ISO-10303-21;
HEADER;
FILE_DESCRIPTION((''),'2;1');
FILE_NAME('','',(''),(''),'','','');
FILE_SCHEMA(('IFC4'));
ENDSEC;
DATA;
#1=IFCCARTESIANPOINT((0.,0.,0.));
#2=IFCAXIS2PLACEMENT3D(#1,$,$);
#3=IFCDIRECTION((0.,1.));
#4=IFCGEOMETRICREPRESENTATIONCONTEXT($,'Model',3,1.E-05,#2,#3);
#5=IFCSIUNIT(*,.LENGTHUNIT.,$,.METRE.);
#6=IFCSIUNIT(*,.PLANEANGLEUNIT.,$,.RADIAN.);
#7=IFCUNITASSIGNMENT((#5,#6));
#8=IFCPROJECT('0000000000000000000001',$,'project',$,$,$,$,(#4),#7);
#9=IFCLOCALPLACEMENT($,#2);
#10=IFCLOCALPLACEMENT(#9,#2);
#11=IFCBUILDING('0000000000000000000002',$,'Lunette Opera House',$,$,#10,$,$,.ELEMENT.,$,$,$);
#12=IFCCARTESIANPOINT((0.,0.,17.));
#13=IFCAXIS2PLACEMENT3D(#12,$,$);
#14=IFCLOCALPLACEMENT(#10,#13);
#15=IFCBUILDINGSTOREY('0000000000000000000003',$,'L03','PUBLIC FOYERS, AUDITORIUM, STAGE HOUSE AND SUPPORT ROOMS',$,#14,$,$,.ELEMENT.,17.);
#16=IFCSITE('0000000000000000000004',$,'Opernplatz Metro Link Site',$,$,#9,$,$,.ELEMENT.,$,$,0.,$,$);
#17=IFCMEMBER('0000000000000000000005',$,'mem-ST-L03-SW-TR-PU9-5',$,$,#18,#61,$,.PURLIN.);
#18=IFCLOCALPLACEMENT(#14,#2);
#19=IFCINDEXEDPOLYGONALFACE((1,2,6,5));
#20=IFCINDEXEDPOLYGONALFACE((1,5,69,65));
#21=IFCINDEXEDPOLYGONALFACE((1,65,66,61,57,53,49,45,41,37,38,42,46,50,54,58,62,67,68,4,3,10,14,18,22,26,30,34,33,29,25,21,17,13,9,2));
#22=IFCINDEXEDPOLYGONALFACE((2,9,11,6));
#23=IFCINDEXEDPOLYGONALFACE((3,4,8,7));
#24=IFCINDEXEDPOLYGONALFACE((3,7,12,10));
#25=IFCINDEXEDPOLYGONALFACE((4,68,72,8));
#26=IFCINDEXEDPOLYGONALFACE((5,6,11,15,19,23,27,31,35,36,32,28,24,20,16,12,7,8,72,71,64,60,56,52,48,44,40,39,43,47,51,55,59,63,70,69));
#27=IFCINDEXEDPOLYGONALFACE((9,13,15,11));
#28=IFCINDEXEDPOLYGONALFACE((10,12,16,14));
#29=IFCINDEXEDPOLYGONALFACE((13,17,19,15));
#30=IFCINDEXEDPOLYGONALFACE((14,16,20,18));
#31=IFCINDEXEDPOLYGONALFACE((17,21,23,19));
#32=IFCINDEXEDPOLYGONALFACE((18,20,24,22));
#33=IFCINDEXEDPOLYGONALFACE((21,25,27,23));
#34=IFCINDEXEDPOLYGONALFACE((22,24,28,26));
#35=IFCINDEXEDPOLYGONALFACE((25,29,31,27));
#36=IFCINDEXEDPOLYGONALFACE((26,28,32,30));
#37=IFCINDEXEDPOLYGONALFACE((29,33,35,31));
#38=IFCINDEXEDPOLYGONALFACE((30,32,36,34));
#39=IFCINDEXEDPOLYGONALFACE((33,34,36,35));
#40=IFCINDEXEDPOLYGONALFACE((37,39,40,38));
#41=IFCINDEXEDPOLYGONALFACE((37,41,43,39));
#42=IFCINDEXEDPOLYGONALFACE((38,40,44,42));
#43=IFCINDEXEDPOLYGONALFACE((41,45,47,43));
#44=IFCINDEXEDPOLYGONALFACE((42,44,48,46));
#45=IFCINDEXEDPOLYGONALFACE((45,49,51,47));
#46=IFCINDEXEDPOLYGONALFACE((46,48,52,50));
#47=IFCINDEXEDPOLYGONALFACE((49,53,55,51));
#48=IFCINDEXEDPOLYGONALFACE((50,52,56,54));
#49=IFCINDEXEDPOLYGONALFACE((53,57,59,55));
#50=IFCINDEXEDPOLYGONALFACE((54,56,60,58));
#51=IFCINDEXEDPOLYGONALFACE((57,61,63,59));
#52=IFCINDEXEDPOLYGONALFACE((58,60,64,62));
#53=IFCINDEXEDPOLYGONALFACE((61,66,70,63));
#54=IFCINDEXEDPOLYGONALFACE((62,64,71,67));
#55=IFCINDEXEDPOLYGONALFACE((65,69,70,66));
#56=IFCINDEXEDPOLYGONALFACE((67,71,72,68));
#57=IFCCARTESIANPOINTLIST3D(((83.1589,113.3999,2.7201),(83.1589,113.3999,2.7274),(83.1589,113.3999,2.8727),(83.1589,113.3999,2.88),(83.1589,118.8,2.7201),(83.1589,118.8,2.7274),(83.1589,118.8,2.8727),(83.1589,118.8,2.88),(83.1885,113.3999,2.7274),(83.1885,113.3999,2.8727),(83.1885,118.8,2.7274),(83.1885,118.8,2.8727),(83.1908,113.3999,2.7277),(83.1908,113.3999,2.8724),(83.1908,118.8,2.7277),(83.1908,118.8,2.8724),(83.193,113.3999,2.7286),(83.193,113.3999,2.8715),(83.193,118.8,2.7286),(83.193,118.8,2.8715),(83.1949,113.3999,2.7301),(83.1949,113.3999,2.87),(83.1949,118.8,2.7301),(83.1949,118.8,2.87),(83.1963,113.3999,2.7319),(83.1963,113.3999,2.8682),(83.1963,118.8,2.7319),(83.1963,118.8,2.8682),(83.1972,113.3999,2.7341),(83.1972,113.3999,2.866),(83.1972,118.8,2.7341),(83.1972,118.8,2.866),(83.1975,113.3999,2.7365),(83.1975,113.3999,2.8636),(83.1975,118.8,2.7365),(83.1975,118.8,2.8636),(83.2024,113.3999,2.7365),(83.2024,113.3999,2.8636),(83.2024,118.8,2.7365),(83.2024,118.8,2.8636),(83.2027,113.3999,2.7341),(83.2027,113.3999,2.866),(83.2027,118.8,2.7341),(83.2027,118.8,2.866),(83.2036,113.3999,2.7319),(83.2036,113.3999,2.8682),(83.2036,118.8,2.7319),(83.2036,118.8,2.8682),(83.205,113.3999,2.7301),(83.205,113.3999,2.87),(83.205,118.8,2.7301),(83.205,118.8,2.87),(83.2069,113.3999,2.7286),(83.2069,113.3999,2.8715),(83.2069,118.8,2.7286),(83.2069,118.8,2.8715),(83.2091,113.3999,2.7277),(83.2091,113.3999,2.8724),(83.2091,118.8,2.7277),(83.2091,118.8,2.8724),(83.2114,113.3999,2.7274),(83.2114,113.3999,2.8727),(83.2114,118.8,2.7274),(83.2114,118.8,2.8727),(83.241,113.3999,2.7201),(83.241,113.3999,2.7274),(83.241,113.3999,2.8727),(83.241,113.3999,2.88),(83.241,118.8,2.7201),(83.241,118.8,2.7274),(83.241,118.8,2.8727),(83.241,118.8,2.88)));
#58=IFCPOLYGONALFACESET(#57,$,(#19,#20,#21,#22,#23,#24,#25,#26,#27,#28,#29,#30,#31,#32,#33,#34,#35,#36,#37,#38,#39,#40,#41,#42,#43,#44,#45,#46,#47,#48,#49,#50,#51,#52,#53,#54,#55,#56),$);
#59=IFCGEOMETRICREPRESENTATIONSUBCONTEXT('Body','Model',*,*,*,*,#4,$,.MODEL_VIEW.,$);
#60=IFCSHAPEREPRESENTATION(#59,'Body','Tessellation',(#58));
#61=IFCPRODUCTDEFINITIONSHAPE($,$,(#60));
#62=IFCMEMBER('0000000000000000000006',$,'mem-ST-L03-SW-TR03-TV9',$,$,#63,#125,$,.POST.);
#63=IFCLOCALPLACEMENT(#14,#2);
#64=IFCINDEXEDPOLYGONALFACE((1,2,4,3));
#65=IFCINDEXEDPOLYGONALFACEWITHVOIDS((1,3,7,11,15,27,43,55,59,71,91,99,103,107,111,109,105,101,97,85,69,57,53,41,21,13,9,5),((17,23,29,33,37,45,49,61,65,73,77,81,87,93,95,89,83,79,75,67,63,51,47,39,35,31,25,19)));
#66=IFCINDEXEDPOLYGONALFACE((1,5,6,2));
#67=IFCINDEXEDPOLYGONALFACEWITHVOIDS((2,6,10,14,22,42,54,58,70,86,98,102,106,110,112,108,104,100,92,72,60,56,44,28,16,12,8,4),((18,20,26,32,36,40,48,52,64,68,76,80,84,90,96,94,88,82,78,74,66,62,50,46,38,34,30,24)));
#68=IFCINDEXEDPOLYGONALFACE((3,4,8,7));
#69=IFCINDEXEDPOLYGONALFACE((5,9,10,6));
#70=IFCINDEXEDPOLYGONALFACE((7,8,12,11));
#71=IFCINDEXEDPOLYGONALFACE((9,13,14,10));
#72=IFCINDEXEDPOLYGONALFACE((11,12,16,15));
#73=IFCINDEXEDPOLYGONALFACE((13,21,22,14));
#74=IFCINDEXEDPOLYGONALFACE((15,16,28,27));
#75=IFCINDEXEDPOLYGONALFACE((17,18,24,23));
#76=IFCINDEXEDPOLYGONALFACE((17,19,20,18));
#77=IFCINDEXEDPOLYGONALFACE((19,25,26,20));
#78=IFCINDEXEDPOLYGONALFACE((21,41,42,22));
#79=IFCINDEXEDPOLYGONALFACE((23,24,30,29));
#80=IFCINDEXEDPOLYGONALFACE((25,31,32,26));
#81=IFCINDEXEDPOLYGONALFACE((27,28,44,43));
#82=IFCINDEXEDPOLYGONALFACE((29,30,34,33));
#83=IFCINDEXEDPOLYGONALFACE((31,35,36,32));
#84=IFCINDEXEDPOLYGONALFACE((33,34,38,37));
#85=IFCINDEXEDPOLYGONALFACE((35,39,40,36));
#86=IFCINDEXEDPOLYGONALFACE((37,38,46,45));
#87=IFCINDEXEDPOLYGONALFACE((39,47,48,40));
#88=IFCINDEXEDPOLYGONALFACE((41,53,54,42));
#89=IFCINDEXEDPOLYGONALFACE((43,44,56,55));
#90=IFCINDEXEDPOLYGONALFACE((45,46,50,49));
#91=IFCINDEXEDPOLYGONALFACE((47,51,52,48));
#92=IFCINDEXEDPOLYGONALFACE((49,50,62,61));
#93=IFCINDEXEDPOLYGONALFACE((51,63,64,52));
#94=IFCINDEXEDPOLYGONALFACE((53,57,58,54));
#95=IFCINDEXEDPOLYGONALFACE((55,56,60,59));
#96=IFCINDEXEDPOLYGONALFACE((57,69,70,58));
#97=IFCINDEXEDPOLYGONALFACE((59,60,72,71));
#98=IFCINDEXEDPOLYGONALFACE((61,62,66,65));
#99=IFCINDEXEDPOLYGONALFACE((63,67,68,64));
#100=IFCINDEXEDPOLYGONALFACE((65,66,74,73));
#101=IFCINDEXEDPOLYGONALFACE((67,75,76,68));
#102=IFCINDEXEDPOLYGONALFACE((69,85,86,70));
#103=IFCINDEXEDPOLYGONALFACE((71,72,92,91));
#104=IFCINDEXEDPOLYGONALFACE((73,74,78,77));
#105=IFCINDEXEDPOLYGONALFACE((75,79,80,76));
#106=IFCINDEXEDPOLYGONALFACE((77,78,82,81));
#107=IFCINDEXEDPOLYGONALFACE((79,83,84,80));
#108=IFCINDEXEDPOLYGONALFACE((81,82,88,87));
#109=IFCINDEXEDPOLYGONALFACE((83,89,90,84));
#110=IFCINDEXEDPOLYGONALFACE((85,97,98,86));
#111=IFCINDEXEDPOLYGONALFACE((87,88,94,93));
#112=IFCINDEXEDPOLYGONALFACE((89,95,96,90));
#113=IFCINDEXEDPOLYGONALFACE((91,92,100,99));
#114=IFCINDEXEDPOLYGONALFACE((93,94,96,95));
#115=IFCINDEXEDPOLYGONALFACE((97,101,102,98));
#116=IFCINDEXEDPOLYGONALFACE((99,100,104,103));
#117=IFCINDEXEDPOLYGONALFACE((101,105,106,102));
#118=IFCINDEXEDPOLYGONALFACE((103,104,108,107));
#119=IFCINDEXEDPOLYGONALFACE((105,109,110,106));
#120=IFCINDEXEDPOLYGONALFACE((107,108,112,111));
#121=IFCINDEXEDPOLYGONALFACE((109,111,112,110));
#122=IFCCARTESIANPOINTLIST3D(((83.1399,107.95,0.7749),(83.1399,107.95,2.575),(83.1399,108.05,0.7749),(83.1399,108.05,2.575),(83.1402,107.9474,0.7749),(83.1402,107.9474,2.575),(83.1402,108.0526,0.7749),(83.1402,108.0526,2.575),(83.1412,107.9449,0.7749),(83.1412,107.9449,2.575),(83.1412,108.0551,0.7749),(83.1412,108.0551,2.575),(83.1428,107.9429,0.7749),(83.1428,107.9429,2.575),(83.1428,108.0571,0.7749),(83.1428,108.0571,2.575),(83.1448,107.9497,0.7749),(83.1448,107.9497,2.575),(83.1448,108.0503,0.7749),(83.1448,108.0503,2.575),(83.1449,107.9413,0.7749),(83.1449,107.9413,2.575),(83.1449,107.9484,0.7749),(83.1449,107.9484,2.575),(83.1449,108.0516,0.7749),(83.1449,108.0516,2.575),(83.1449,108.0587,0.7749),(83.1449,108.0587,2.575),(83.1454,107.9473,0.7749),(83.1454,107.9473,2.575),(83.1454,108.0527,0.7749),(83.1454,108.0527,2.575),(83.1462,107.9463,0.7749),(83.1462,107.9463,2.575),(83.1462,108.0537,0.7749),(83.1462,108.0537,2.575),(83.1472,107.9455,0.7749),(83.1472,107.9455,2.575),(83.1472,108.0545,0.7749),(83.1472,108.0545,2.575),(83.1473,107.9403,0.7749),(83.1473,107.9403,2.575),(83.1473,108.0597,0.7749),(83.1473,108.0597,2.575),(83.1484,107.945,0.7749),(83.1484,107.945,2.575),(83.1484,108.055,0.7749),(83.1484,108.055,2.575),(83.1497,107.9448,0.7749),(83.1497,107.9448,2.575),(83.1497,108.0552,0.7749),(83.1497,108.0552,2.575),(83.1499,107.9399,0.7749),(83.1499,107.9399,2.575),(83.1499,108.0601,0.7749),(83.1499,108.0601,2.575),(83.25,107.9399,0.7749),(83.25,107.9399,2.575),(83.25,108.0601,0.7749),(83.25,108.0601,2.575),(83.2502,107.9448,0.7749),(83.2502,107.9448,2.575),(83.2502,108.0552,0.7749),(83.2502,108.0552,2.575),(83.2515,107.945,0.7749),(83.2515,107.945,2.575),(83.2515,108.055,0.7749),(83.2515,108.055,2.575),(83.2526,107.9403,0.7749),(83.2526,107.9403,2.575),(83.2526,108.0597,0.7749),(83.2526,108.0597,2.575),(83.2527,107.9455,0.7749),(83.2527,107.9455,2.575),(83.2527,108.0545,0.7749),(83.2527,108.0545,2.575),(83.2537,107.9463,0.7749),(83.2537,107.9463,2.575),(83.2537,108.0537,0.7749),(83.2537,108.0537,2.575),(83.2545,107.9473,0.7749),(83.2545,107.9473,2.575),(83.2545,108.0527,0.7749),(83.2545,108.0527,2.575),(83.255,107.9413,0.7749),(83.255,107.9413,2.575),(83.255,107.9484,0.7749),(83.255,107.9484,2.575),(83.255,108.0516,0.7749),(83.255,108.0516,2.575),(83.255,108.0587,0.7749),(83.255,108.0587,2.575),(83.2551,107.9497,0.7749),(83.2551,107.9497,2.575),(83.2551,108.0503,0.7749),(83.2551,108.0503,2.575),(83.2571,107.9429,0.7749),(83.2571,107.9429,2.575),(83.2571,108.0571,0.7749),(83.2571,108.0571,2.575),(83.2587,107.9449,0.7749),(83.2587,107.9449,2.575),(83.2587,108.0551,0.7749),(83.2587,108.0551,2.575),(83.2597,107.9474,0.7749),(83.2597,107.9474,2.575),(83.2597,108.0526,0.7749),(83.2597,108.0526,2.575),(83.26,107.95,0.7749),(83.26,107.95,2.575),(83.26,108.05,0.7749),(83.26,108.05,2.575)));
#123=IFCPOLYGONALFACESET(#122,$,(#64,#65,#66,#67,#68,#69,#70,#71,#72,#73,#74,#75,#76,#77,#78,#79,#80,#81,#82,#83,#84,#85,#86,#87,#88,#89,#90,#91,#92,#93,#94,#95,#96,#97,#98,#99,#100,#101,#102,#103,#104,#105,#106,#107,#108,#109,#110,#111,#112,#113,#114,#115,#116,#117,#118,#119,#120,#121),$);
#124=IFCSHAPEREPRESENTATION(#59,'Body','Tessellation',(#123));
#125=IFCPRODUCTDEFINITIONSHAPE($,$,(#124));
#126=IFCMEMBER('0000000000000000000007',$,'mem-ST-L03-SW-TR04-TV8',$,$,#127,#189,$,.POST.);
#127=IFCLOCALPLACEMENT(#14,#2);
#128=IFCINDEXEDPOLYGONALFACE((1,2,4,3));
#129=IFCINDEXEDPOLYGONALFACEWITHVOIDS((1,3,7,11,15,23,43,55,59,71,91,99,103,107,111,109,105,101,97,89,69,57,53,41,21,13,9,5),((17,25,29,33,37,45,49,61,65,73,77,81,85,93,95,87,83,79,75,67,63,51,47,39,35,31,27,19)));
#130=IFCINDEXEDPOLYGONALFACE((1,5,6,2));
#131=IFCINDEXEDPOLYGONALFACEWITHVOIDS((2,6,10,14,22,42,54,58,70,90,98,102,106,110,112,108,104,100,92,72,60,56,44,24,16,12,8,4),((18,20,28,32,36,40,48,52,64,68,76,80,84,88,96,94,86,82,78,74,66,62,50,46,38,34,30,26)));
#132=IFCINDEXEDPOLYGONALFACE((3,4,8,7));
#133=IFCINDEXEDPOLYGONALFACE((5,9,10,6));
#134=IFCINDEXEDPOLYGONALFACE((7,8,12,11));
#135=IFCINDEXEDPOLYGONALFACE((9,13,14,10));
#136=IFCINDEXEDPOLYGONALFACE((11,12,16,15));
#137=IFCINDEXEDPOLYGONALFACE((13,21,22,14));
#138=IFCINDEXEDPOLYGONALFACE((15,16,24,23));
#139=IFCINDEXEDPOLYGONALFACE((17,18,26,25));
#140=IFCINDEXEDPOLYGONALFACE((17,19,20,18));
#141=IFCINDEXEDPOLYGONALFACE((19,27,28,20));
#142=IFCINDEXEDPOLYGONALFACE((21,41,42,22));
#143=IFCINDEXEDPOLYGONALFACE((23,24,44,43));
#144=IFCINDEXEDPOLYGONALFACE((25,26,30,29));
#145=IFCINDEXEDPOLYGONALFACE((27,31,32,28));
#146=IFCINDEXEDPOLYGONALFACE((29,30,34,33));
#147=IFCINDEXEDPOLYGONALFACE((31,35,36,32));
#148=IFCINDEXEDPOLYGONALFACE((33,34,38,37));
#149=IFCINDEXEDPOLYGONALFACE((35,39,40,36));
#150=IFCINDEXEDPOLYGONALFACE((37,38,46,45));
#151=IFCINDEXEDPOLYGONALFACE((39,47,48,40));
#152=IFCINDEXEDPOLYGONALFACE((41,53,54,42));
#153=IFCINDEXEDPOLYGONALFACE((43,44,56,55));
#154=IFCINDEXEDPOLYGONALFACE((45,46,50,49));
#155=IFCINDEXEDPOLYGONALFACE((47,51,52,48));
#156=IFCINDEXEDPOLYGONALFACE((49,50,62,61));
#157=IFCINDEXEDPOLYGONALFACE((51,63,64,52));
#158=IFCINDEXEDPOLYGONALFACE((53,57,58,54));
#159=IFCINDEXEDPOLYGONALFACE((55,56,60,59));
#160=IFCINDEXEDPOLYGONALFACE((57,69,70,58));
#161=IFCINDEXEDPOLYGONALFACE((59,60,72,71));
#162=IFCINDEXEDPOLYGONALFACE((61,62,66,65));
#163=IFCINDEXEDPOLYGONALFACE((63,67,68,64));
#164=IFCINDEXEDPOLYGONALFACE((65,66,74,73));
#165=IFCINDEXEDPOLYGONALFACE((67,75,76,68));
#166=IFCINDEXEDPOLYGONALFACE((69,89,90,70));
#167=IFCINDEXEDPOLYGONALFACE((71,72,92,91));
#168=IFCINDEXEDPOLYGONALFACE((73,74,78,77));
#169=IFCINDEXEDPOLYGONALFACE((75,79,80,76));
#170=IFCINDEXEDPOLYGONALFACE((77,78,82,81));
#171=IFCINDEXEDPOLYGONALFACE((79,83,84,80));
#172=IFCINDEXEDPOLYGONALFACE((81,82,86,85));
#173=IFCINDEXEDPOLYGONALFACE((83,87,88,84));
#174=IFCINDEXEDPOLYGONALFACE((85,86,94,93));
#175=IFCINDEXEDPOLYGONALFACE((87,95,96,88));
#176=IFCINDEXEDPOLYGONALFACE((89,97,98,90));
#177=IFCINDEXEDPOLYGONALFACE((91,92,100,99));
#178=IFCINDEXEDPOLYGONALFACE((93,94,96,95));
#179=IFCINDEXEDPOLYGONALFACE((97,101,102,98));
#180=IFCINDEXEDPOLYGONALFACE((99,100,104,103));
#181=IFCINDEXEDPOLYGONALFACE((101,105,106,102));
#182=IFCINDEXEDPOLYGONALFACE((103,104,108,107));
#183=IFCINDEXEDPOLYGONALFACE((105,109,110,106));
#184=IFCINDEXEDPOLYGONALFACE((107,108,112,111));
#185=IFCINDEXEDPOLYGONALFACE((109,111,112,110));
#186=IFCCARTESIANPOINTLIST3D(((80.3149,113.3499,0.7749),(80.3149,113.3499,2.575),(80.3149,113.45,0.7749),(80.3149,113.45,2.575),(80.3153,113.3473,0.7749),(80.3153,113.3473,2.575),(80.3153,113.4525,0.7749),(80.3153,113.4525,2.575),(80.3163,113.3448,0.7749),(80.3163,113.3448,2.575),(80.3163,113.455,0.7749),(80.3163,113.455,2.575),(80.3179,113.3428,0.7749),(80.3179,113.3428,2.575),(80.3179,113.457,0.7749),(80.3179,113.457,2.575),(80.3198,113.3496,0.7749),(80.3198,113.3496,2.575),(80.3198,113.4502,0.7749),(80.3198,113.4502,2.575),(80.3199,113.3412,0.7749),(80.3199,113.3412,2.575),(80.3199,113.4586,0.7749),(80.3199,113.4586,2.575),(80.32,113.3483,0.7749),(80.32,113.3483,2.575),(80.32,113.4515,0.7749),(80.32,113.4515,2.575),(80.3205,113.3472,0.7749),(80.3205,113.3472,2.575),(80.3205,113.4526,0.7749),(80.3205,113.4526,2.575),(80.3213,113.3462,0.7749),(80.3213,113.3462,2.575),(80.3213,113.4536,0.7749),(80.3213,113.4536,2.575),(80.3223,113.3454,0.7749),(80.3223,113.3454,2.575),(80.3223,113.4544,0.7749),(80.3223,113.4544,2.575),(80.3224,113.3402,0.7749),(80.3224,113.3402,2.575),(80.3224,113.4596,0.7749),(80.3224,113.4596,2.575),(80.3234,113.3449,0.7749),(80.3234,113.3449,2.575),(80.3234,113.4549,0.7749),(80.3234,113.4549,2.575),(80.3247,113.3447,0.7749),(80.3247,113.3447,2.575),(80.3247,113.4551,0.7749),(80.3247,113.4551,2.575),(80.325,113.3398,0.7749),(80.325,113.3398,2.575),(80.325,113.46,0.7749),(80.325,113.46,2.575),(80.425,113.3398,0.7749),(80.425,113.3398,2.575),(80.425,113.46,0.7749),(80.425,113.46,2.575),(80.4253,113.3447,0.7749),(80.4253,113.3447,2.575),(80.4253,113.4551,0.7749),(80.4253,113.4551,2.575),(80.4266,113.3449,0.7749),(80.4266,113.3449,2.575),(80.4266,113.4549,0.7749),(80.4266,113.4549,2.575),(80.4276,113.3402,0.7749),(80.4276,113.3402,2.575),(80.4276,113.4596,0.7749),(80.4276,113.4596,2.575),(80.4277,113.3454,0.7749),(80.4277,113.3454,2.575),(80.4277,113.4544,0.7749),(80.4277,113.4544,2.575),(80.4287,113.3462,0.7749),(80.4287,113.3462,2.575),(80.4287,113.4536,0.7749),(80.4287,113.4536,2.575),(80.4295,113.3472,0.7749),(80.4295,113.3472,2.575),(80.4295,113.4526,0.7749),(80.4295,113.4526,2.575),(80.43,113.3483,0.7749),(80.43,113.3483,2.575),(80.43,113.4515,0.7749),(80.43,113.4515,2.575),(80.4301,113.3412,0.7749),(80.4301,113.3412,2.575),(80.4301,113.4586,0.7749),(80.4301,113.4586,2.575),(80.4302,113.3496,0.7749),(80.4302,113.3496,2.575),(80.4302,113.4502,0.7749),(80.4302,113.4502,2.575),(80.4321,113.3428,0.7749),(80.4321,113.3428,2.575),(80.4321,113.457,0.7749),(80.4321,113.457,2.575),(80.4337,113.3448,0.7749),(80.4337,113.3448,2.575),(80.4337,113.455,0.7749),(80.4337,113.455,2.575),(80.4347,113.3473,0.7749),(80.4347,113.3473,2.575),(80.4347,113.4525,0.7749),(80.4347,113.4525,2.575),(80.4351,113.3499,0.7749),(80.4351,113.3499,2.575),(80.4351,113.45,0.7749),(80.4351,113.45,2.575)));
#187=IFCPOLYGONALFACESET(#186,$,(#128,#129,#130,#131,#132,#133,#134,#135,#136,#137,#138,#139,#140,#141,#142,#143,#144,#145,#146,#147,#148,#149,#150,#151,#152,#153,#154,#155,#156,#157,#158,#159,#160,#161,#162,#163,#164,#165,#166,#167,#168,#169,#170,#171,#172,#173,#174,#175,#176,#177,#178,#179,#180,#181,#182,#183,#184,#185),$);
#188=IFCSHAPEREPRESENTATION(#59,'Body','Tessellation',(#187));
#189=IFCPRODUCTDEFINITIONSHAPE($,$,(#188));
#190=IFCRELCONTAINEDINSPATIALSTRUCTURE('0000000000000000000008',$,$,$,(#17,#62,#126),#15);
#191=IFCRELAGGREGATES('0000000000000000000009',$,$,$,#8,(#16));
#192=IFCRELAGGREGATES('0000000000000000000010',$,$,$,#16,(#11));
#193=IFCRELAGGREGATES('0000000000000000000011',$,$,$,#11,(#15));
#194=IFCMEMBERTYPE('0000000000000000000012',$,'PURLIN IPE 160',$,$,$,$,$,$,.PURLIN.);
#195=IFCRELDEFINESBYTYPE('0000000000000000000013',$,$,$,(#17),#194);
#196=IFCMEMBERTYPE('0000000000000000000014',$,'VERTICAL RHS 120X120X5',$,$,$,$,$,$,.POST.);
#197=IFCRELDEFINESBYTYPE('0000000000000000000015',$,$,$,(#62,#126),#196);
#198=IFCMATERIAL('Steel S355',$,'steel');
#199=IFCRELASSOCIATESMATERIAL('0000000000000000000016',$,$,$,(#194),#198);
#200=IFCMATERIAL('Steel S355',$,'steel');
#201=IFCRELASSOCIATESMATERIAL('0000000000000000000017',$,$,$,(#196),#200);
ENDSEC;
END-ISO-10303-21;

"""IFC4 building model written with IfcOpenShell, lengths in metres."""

from ifc_helpers import new_model, si_unit, direction, frame, origin, origin_2d, place, context, subcontext, project, spatial, hollow_rectangle, i_section, extrude, material, material_profile, profile_set, type_object, element, save


model = new_model("IFC4")

# Units and contexts
model_context = context("Model", 3, precision=1e-05, world=origin(), true_north=direction((0.0, 1.0)))
body_context = subcontext(model_context, "Body", "Model", "MODEL_VIEW")
ifc_project = project(units=[si_unit("LENGTHUNIT", "METRE"), si_unit("PLANEANGLEUNIT", "RADIAN")], contexts=[model_context])

# Site, building, storey
site_placement = place(None, origin())
site = spatial("IfcSite", under=ifc_project, at=site_placement, Name="Opernplatz Metro Link Site", CompositionType="ELEMENT", RefElevation=0.0)
building_placement = place(site_placement, origin())
building = spatial("IfcBuilding", under=site, at=building_placement, Name="Lunette Opera House", CompositionType="ELEMENT")
storey_placement = place(building_placement, frame((0.0, 0.0, 17.0)))
storey = spatial("IfcBuildingStorey", under=building, at=storey_placement, Name="L03", Description="PUBLIC FOYERS, AUDITORIUM, STAGE HOUSE AND SUPPORT ROOMS", CompositionType="ELEMENT", Elevation=17.0)

# Members
ifc_material_1 = material(Name="Steel S355", Category="steel")
ifc_material_profile_1 = material_profile(ifc_material_1, i_section(OverallWidth=0.082, OverallDepth=0.1599, WebThickness=0.0049, FlangeThickness=0.0073, FilletRadius=0.009, at=origin_2d()), Name="IPE 160")
ifc_profile_set_1 = profile_set([ifc_material_profile_1], Name="Steel S355")
member_type_1 = type_object("IfcMemberType", Name="PURLIN IPE 160", PredefinedType="PURLIN", material=ifc_profile_set_1)
member_1_placement = place(storey_placement, frame((83.2, 113.3999, 2.8), z_axis=(0.0, 1.0, 0.0), x_axis=(-1.0, 0.0, 0.0)))
element("IfcMember", 1, at=member_1_placement, inside=storey, type_object=member_type_1, Name="mem-ST-L03-SW-TR-PU9-5", PredefinedType="PURLIN", context=body_context, shape_type="SweptSolid", body=[
    extrude(i_section(OverallWidth=0.082, OverallDepth=0.1599, WebThickness=0.0049, FlangeThickness=0.0073, FilletRadius=0.009, at=origin_2d()), origin(), (0.0, 0.0, 1.0), 5.4001),
])
ifc_material_2 = material(Name="Steel S355", Category="steel")
ifc_material_profile_2 = material_profile(ifc_material_2, hollow_rectangle(XDim=0.1201, YDim=0.1201, WallThickness=0.0049, InnerFilletRadius=0.0049, OuterFilletRadius=0.01, at=origin_2d()), Name="RHS 120X120X5")
ifc_profile_set_2 = profile_set([ifc_material_profile_2], Name="Steel S355")
member_type_2 = type_object("IfcMemberType", Name="VERTICAL RHS 120X120X5", PredefinedType="POST", material=ifc_profile_set_2)
for number, where, z_axis, x_axis, name in (
    (2, (83.2, 108.0, 0.7749), (0.0, 0.0, 1.0), (1.0, 0.0, 0.0), "mem-ST-L03-SW-TR03-TV9"),
    (3, (80.375, 113.3999, 0.7749), (0.0, 0.0, 1.0), (1.0, 0.0, 0.0), "mem-ST-L03-SW-TR04-TV8"),
):
    element("IfcMember", number, at=place(storey_placement, frame(where, z_axis=z_axis, x_axis=x_axis)), inside=storey, type_object=member_type_2, Name=name, PredefinedType="POST", context=body_context, shape_type="SweptSolid", body=[
        extrude(hollow_rectangle(XDim=0.1201, YDim=0.1201, WallThickness=0.0049, InnerFilletRadius=0.0049, OuterFilletRadius=0.01, at=origin_2d()), origin(), (0.0, 0.0, 1.0), 1.8),
    ])

save(model, "model.ifc")
